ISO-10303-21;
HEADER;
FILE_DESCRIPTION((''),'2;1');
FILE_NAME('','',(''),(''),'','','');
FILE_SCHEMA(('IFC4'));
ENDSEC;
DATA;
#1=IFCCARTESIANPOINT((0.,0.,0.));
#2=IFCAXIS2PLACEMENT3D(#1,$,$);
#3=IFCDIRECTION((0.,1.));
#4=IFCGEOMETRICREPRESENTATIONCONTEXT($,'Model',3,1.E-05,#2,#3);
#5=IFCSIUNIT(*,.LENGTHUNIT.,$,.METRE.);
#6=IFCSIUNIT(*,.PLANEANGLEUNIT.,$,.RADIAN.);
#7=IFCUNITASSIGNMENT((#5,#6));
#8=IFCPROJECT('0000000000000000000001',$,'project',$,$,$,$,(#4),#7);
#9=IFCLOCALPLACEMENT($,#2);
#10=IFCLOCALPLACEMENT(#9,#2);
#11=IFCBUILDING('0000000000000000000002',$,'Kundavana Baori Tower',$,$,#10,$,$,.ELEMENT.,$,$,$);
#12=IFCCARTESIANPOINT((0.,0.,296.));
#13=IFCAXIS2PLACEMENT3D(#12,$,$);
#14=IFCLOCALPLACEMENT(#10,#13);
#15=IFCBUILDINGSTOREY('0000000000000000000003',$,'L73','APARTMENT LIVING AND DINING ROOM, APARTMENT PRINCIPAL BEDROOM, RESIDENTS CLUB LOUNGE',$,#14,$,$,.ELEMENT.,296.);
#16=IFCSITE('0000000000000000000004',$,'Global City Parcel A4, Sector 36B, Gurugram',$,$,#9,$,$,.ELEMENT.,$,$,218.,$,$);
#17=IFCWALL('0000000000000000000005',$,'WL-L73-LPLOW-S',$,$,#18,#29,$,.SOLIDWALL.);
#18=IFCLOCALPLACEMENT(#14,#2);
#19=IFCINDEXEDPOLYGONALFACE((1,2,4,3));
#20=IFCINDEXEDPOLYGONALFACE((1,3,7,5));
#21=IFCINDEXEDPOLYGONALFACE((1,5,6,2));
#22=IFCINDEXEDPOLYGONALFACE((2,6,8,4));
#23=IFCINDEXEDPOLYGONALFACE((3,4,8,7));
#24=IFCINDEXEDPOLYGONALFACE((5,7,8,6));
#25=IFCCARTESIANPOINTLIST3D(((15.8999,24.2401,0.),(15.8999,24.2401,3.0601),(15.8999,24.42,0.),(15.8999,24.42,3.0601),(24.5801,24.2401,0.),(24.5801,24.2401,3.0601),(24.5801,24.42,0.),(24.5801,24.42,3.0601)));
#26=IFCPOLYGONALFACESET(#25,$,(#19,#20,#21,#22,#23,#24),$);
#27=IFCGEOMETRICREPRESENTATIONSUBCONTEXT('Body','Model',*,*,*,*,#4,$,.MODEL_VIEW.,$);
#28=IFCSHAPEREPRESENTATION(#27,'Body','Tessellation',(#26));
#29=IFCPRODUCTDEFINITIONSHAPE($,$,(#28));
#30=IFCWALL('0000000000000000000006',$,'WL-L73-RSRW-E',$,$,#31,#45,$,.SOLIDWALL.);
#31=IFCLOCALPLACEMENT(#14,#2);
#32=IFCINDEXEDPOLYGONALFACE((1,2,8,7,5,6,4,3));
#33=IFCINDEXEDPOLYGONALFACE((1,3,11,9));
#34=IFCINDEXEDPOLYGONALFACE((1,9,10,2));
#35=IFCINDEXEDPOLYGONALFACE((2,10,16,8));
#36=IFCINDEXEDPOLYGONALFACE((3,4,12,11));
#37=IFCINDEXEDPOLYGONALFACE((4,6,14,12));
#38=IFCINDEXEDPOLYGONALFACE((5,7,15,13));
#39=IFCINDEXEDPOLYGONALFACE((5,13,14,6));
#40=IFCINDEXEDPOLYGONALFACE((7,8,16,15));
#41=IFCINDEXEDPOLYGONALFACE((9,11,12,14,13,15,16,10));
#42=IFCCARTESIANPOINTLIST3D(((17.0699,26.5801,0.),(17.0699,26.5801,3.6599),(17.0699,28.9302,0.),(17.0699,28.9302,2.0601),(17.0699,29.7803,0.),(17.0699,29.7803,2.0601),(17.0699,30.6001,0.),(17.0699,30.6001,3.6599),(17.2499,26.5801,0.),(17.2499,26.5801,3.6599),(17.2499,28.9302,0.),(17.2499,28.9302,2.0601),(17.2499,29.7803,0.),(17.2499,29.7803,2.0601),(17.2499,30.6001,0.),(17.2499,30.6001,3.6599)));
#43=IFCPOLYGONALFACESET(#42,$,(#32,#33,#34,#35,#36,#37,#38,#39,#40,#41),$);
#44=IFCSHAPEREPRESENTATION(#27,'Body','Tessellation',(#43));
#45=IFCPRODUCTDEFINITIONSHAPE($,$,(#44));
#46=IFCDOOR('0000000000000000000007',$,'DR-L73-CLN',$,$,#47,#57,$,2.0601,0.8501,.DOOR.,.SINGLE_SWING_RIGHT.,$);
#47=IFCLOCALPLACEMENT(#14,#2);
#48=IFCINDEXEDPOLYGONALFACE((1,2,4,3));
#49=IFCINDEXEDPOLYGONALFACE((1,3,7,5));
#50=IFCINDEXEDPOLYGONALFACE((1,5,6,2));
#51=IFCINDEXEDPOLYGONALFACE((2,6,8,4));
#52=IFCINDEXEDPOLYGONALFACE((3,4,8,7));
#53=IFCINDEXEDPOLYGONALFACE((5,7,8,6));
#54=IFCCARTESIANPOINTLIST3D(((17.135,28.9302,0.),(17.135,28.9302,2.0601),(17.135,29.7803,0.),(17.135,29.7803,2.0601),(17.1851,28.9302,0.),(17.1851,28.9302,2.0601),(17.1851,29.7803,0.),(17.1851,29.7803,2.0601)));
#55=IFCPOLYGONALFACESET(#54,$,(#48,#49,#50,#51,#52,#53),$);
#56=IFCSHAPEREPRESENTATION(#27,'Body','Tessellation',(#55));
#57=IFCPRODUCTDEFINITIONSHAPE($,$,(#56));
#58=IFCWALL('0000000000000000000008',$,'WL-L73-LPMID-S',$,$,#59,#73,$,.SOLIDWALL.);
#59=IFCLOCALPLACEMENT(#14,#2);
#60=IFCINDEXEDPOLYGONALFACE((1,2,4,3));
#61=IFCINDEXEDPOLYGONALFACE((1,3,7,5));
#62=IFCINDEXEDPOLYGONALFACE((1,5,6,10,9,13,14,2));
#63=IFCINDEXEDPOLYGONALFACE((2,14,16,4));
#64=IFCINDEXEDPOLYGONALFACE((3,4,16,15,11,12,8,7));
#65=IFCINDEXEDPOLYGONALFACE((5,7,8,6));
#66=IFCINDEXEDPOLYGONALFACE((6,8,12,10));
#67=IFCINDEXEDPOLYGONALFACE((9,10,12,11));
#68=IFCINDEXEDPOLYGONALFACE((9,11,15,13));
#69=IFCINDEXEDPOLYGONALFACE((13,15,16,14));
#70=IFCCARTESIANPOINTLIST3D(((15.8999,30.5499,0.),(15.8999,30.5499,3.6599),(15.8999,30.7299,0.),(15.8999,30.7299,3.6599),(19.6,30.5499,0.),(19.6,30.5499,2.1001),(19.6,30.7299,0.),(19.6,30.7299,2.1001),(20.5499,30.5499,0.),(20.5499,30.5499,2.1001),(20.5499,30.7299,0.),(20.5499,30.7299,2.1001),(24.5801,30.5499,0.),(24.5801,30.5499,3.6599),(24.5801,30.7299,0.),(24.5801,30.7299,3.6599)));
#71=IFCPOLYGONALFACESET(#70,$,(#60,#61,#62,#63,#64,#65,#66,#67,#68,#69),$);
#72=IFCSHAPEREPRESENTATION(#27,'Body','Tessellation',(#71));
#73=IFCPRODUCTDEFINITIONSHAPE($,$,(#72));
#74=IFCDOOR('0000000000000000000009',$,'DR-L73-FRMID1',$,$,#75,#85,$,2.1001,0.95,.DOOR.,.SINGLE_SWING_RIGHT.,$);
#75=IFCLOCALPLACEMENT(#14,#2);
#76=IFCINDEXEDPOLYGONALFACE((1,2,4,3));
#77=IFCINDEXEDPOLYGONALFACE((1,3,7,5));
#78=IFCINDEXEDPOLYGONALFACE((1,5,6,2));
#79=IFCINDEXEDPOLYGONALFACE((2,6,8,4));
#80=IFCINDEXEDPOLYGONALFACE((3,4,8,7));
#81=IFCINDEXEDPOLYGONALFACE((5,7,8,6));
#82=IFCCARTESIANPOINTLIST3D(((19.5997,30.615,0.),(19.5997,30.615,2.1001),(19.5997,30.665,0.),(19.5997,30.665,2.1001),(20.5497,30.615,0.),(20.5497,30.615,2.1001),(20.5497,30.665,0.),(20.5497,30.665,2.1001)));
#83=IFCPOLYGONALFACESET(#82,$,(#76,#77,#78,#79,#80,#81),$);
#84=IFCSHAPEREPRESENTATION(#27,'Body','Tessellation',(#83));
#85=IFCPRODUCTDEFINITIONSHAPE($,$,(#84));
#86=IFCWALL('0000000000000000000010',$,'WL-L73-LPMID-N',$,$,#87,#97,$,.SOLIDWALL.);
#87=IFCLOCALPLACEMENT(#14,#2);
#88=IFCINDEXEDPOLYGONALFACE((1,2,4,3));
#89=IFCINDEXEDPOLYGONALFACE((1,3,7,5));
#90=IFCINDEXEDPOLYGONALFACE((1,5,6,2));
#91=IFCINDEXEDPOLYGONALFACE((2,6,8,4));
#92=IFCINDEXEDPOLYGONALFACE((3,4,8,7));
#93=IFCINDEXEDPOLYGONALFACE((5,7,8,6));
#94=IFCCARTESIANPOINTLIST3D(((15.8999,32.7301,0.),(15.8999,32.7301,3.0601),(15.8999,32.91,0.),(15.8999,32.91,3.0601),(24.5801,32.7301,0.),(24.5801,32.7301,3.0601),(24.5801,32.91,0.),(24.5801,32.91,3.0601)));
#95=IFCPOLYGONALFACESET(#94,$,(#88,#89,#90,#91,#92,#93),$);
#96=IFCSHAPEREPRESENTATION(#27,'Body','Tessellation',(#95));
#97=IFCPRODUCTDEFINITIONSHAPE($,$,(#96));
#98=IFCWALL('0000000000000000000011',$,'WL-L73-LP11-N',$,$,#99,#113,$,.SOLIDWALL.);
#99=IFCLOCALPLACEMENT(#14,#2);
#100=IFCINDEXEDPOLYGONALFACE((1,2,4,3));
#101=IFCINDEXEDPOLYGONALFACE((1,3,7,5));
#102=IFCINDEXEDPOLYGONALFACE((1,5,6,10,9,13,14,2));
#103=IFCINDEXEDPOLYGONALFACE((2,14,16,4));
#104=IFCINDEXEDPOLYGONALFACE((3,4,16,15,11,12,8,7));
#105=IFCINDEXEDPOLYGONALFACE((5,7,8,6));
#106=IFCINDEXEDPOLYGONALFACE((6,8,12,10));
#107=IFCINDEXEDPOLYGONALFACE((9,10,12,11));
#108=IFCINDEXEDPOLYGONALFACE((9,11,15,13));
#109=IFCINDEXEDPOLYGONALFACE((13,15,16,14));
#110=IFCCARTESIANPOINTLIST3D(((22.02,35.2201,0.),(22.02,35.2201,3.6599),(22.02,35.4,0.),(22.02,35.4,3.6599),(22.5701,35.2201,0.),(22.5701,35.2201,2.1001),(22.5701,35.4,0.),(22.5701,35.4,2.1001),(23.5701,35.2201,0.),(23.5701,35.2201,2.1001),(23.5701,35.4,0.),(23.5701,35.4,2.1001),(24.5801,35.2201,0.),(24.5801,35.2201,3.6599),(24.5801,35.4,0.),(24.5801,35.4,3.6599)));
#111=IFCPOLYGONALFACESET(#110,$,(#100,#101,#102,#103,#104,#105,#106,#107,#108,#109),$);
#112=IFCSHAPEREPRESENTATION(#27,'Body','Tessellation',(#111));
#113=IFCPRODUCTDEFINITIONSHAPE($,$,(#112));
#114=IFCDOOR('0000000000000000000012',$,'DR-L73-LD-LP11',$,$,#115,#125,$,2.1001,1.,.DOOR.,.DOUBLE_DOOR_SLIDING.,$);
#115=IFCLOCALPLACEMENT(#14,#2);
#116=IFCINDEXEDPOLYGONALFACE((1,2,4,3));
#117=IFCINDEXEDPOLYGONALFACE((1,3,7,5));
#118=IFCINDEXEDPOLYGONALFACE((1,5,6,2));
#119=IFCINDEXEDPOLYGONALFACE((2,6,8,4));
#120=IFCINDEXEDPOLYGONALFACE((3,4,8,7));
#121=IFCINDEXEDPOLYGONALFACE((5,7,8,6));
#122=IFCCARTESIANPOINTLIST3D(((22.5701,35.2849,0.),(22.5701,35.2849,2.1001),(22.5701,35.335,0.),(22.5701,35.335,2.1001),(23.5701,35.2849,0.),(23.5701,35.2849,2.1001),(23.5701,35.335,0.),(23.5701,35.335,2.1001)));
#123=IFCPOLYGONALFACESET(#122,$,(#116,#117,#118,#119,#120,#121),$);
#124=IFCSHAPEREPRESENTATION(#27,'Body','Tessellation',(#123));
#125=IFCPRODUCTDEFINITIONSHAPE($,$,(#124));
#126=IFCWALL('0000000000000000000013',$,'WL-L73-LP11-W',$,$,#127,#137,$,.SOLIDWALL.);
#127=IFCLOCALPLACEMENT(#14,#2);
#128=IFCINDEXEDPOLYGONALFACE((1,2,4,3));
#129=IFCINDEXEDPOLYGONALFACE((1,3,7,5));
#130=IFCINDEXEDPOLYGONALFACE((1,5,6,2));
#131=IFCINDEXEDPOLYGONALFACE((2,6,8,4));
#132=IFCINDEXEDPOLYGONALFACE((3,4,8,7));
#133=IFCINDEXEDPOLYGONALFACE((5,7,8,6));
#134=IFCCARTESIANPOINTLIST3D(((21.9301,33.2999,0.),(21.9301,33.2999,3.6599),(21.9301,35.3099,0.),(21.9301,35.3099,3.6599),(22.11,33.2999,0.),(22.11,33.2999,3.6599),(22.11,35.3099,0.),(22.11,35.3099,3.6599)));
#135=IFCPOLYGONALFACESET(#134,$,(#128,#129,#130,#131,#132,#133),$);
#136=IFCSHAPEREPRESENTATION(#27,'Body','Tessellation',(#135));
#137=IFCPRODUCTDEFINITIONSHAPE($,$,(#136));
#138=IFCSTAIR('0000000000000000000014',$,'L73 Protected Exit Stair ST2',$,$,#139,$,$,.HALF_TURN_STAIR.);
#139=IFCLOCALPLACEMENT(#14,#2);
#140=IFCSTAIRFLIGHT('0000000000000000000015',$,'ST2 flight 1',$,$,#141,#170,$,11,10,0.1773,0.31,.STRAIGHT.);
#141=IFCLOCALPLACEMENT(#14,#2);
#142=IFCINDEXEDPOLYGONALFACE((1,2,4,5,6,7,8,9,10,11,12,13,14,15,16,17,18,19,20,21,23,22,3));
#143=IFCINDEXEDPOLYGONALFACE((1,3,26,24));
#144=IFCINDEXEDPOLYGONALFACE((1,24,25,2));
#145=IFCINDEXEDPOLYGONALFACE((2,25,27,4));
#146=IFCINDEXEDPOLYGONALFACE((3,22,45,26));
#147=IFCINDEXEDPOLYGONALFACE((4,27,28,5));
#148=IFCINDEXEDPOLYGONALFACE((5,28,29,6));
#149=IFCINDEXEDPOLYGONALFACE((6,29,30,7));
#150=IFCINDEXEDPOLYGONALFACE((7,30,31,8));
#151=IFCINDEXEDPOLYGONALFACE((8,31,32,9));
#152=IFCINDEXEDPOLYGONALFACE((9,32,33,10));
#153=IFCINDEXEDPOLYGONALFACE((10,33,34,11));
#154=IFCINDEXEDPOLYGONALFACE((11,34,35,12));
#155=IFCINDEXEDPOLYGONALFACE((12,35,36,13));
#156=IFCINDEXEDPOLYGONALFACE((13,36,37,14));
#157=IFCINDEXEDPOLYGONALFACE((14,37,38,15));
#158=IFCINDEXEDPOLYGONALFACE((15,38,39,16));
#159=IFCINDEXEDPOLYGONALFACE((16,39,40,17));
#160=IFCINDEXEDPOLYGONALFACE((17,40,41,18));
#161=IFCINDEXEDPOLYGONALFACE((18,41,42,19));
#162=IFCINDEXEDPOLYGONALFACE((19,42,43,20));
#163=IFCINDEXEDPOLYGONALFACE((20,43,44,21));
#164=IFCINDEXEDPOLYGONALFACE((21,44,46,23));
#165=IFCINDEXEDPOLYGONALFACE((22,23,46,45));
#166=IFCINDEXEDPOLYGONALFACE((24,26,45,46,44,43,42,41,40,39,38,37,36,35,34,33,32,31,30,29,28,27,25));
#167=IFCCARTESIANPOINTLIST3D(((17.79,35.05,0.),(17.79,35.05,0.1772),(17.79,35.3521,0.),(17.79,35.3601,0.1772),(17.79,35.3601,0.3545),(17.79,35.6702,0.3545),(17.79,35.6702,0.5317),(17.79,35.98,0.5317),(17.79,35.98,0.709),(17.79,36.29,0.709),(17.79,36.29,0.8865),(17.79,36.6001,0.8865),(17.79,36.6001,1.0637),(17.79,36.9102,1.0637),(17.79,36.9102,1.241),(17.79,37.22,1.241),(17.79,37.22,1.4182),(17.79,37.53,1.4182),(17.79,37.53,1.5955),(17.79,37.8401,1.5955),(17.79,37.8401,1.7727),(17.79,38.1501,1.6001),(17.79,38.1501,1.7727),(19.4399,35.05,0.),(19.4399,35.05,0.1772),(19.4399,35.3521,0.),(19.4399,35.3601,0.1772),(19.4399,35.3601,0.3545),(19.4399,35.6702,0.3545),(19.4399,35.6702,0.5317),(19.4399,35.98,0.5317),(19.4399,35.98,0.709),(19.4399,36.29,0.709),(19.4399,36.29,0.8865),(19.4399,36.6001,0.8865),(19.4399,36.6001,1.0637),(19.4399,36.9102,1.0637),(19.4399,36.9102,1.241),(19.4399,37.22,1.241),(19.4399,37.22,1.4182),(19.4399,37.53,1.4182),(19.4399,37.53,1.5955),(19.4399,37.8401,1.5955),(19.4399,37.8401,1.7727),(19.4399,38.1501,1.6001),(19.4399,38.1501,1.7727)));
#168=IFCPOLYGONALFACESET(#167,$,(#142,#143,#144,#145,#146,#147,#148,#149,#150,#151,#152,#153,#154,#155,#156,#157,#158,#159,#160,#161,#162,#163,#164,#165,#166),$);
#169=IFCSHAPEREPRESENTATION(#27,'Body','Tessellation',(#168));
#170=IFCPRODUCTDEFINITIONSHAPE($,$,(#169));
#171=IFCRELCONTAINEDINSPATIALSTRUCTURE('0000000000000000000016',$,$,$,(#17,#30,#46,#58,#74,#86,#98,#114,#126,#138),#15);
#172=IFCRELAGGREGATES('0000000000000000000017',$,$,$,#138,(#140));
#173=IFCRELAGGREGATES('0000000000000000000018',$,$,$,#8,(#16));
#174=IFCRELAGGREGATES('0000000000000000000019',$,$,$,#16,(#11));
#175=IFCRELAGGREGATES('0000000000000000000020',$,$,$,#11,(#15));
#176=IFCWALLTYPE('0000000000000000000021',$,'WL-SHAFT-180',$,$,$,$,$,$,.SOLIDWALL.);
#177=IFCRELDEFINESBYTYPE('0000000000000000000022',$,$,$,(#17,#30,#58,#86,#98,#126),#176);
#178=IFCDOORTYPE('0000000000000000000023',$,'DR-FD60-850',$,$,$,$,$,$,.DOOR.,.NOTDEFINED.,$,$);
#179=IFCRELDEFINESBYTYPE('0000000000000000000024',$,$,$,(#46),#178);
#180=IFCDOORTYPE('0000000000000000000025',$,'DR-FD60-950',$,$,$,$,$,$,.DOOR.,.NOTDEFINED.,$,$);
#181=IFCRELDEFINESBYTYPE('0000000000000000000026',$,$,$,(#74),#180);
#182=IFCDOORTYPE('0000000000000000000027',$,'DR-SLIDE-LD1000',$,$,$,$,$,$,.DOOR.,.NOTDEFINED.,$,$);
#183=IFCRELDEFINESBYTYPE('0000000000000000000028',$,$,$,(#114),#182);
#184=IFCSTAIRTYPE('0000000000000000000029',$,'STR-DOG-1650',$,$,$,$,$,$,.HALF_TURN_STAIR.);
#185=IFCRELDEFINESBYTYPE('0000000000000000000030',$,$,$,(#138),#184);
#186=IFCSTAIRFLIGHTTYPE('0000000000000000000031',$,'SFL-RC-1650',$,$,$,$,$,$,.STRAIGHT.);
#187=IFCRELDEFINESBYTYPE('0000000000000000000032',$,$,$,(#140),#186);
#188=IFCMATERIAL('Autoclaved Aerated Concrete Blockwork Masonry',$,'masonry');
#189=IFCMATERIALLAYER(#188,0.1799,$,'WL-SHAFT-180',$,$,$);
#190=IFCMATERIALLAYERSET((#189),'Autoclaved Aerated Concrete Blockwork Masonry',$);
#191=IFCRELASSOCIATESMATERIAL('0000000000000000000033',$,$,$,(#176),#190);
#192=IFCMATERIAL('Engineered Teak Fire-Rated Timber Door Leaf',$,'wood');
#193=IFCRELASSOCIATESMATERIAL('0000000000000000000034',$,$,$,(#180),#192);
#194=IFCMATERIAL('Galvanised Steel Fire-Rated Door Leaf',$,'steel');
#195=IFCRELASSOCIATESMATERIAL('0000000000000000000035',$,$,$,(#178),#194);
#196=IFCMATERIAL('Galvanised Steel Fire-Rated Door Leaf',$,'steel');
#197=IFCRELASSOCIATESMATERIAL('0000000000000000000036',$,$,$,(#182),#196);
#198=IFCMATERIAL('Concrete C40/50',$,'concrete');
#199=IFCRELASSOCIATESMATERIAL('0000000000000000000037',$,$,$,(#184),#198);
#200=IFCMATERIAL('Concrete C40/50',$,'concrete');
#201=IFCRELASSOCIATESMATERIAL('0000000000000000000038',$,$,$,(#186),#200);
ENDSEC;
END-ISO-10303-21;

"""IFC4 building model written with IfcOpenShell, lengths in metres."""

from ifc_helpers import new_model, si_unit, direction, frame, frame_2d, origin, place, context, subcontext, project, spatial, polyline, rectangle, outline, extrude, material, layer, layer_set, type_object, element, fill, aggregate, save


model = new_model("IFC4")

# Units and contexts
model_context = context("Model", 3, precision=1e-05, world=origin(), true_north=direction((0.0, 1.0)))
body_context = subcontext(model_context, "Body", "Model", "MODEL_VIEW")
ifc_project = project(units=[si_unit("LENGTHUNIT", "METRE"), si_unit("PLANEANGLEUNIT", "RADIAN")], contexts=[model_context])

# Site, building, storey
site_placement = place(None, origin())
site = spatial("IfcSite", under=ifc_project, at=site_placement, Name="Global City Parcel A4, Sector 36B, Gurugram", CompositionType="ELEMENT", RefElevation=218.0)
building_placement = place(site_placement, origin())
building = spatial("IfcBuilding", under=site, at=building_placement, Name="Kundavana Baori Tower", CompositionType="ELEMENT")
storey_placement = place(building_placement, frame((0.0, 0.0, 296.0)))
storey = spatial("IfcBuildingStorey", under=building, at=storey_placement, Name="L73", Description="APARTMENT LIVING AND DINING ROOM, APARTMENT PRINCIPAL BEDROOM, RESIDENTS CLUB LOUNGE", CompositionType="ELEMENT", Elevation=296.0)

# Shared definitions
ifc_material_1 = material(Name="Autoclaved Aerated Concrete Blockwork Masonry", Category="masonry")
ifc_layer_1 = layer(ifc_material_1, 0.1799, Name="WL-SHAFT-180")
ifc_layer_set_1 = layer_set([ifc_layer_1], Name="Autoclaved Aerated Concrete Blockwork Masonry")
wall_type_1 = type_object("IfcWallType", Name="WL-SHAFT-180", PredefinedType="SOLIDWALL", material=ifc_layer_set_1)
ifc_material_2 = material(Name="Engineered Teak Fire-Rated Timber Door Leaf", Category="wood")
door_type_1 = type_object("IfcDoorType", Name="DR-FD60-950", OperationType="NOTDEFINED", PredefinedType="DOOR", material=ifc_material_2)

# Wall
wall_1_placement = place(storey_placement, frame((15.8999, 24.3301, 0.0), z_axis=(0.0, 0.0, 1.0), x_axis=(1.0, 0.0, 0.0)))
element("IfcWall", 1, at=wall_1_placement, inside=storey, type_object=wall_type_1, Name="WL-L73-LPLOW-S", PredefinedType="SOLIDWALL", context=body_context, shape_type="SweptSolid", body=[
    extrude(rectangle(XDim=8.6802, YDim=0.1799, at=frame_2d((4.3401, 0.0))), origin(), (0.0, 0.0, 1.0), 3.0601),
])

# Walls, openings, doors
wall_2_placement = place(storey_placement, frame((17.1599, 26.5801, 0.0), z_axis=(0.0, 0.0, 1.0), x_axis=(0.0, 1.0, 0.0)))
wall_2 = element("IfcWall", 2, at=wall_2_placement, inside=storey, type_object=wall_type_1, Name="WL-L73-RSRW-E", PredefinedType="SOLIDWALL", context=body_context, shape_type="SweptSolid", body=[
    extrude(rectangle(XDim=4.02, YDim=0.1799, at=frame_2d((2.01, 0.0))), origin(), (0.0, 0.0, 1.0), 3.6599),
])
opening_1_placement = place(wall_2_placement, frame((2.3501, 0.0, 0.0)))
opening_1 = element("IfcOpeningElement", 3, at=opening_1_placement, cuts=wall_2, PredefinedType="OPENING", context=body_context, shape_type="SweptSolid", body=[
    extrude(rectangle(XDim=0.8501, YDim=2.0601, at=frame_2d((0.425, 1.03))), frame((0.0, 0.1001, 0.0), z_axis=(0.0, -1.0, 0.0), x_axis=(1.0, 0.0, 0.0)), (0.0, 0.0, 1.0), 0.2),
])
ifc_material_3 = material(Name="Galvanised Steel Fire-Rated Door Leaf", Category="steel")
door_type_2 = type_object("IfcDoorType", Name="DR-FD60-850", OperationType="NOTDEFINED", PredefinedType="DOOR", material=ifc_material_3)
door_1_placement = place(opening_1_placement, origin())
door_1 = element("IfcDoor", 4, at=door_1_placement, inside=storey, type_object=door_type_2, Name="DR-L73-CLN", OperationType="SINGLE_SWING_RIGHT", OverallHeight=2.0601, OverallWidth=0.8501, PredefinedType="DOOR", context=body_context, shape_type="SweptSolid", body=[
    extrude(rectangle(XDim=0.8501, YDim=2.0601, at=frame_2d((0.425, 1.03))), frame((0.0, 0.0249, 0.0), z_axis=(0.0, -1.0, 0.0), x_axis=(1.0, 0.0, 0.0)), (0.0, 0.0, 1.0), 0.05),
])
fill(opening_1, door_1)
wall_3_placement = place(storey_placement, frame((15.8999, 30.6399, 0.0), z_axis=(0.0, 0.0, 1.0), x_axis=(1.0, 0.0, 0.0)))
wall_3 = element("IfcWall", 5, at=wall_3_placement, inside=storey, type_object=wall_type_1, Name="WL-L73-LPMID-S", PredefinedType="SOLIDWALL", context=body_context, shape_type="SweptSolid", body=[
    extrude(rectangle(XDim=8.6802, YDim=0.1799, at=frame_2d((4.3401, 0.0))), origin(), (0.0, 0.0, 1.0), 3.6599),
])
opening_2_placement = place(wall_3_placement, frame((3.7, 0.0, 0.0)))
opening_2 = element("IfcOpeningElement", 6, at=opening_2_placement, cuts=wall_3, PredefinedType="OPENING", context=body_context, shape_type="SweptSolid", body=[
    extrude(rectangle(XDim=0.95, YDim=2.1001, at=frame_2d((0.4751, 1.05))), frame((0.0, 0.1001, 0.0), z_axis=(0.0, -1.0, 0.0), x_axis=(1.0, 0.0, 0.0)), (0.0, 0.0, 1.0), 0.2),
])
door_2_placement = place(opening_2_placement, frame((0.95, 0.0, 0.0), z_axis=(0.0, 0.0, 1.0), x_axis=(-1.0, 0.0, 0.0)))
door_2 = element("IfcDoor", 7, at=door_2_placement, inside=storey, type_object=door_type_1, Name="DR-L73-FRMID1", OperationType="SINGLE_SWING_RIGHT", OverallHeight=2.1001, OverallWidth=0.95, PredefinedType="DOOR", context=body_context, shape_type="SweptSolid", body=[
    extrude(rectangle(XDim=0.95, YDim=2.1001, at=frame_2d((0.4751, 1.05))), frame((0.0, 0.0249, 0.0), z_axis=(0.0, -1.0, 0.0), x_axis=(1.0, 0.0, 0.0)), (0.0, 0.0, 1.0), 0.05),
])
fill(opening_2, door_2)

# Wall
wall_4_placement = place(storey_placement, frame((15.8999, 32.8201, 0.0), z_axis=(0.0, 0.0, 1.0), x_axis=(1.0, 0.0, 0.0)))
element("IfcWall", 8, at=wall_4_placement, inside=storey, type_object=wall_type_1, Name="WL-L73-LPMID-N", PredefinedType="SOLIDWALL", context=body_context, shape_type="SweptSolid", body=[
    extrude(rectangle(XDim=8.6802, YDim=0.1799, at=frame_2d((4.3401, 0.0))), origin(), (0.0, 0.0, 1.0), 3.0601),
])

# Wall, opening, door
wall_5_placement = place(storey_placement, frame((22.02, 35.3101, 0.0), z_axis=(0.0, 0.0, 1.0), x_axis=(1.0, 0.0, 0.0)))
wall_5 = element("IfcWall", 9, at=wall_5_placement, inside=storey, type_object=wall_type_1, Name="WL-L73-LP11-N", PredefinedType="SOLIDWALL", context=body_context, shape_type="SweptSolid", body=[
    extrude(rectangle(XDim=2.5601, YDim=0.1799, at=frame_2d((1.28, 0.0))), origin(), (0.0, 0.0, 1.0), 3.6599),
])
opening_3_placement = place(wall_5_placement, frame((0.55, 0.0, 0.0)))
opening_3 = element("IfcOpeningElement", 10, at=opening_3_placement, cuts=wall_5, PredefinedType="OPENING", context=body_context, shape_type="SweptSolid", body=[
    extrude(rectangle(XDim=1.0, YDim=2.1001, at=frame_2d((0.5, 1.05))), frame((0.0, 0.1001, 0.0), z_axis=(0.0, -1.0, 0.0), x_axis=(1.0, 0.0, 0.0)), (0.0, 0.0, 1.0), 0.2),
])
ifc_material_4 = material(Name="Galvanised Steel Fire-Rated Door Leaf", Category="steel")
door_type_3 = type_object("IfcDoorType", Name="DR-SLIDE-LD1000", OperationType="NOTDEFINED", PredefinedType="DOOR", material=ifc_material_4)
door_3_placement = place(opening_3_placement, origin())
door_3 = element("IfcDoor", 11, at=door_3_placement, inside=storey, type_object=door_type_3, Name="DR-L73-LD-LP11", OperationType="DOUBLE_DOOR_SLIDING", OverallHeight=2.1001, OverallWidth=1.0, PredefinedType="DOOR", context=body_context, shape_type="SweptSolid", body=[
    extrude(rectangle(XDim=1.0, YDim=2.1001, at=frame_2d((0.5, 1.05))), frame((0.0, 0.0249, 0.0), z_axis=(0.0, -1.0, 0.0), x_axis=(1.0, 0.0, 0.0)), (0.0, 0.0, 1.0), 0.05),
])
fill(opening_3, door_3)

# Wall
wall_6_placement = place(storey_placement, frame((22.02, 33.3, 0.0), z_axis=(0.0, 0.0, 1.0), x_axis=(0.0, 1.0, 0.0)))
element("IfcWall", 12, at=wall_6_placement, inside=storey, type_object=wall_type_1, Name="WL-L73-LP11-W", PredefinedType="SOLIDWALL", context=body_context, shape_type="SweptSolid", body=[
    extrude(rectangle(XDim=2.01, YDim=0.1799, at=frame_2d((1.0049, 0.0))), origin(), (0.0, 0.0, 1.0), 3.6599),
])

# Stair, stair flight
ifc_material_5 = material(Name="Concrete C40/50", Category="concrete")
stair_type = type_object("IfcStairType", Name="STR-DOG-1650", PredefinedType="HALF_TURN_STAIR", material=ifc_material_5)
stair_placement = place(storey_placement, origin())
stair = element("IfcStair", 13, at=stair_placement, inside=storey, type_object=stair_type, Name="L73 Protected Exit Stair ST2", PredefinedType="HALF_TURN_STAIR")
ifc_material_6 = material(Name="Concrete C40/50", Category="concrete")
stair_flight_type = type_object("IfcStairFlightType", Name="SFL-RC-1650", PredefinedType="STRAIGHT", material=ifc_material_6)
stair_flight_placement = place(storey_placement, frame((18.615, 35.05, 0.0), z_axis=(0.0, 0.0, 1.0), x_axis=(0.0, 1.0, 0.0)))
stair_flight = element("IfcStairFlight", 14, at=stair_flight_placement, type_object=stair_flight_type, Name="ST2 flight 1", NumberOfRisers=11, NumberOfTreads=10, PredefinedType="STRAIGHT", RiserHeight=0.1773, TreadLength=0.31, context=body_context, shape_type="SweptSolid", body=[
    extrude(outline(polyline([(0.0, 0.0), (0.0, 0.1772), (0.3101, 0.1772), (0.3101, 0.3545), (0.6201, 0.3545), (0.6201, 0.5317), (0.9299, 0.5317), (0.9299, 0.709), (1.24, 0.709), (1.24, 0.8865), (1.55, 0.8865), (1.55, 1.0637), (1.8601, 1.0637), (1.8601, 1.241), (2.1699, 1.241), (2.1699, 1.4182), (2.48, 1.4182), (2.48, 1.5955), (2.79, 1.5955), (2.79, 1.7727), (3.1001, 1.7727), (3.1001, 1.95), (3.1001, 1.6001), (0.302, 0.0), (0.0, 0.0)])), frame((0.0, 0.825, 0.0), z_axis=(0.0, -1.0, 0.0), x_axis=(1.0, 0.0, 0.0)), (0.0, 0.0, 1.0), 1.6499),
])
aggregate(stair, [stair_flight])

save(model, "model.ifc")
